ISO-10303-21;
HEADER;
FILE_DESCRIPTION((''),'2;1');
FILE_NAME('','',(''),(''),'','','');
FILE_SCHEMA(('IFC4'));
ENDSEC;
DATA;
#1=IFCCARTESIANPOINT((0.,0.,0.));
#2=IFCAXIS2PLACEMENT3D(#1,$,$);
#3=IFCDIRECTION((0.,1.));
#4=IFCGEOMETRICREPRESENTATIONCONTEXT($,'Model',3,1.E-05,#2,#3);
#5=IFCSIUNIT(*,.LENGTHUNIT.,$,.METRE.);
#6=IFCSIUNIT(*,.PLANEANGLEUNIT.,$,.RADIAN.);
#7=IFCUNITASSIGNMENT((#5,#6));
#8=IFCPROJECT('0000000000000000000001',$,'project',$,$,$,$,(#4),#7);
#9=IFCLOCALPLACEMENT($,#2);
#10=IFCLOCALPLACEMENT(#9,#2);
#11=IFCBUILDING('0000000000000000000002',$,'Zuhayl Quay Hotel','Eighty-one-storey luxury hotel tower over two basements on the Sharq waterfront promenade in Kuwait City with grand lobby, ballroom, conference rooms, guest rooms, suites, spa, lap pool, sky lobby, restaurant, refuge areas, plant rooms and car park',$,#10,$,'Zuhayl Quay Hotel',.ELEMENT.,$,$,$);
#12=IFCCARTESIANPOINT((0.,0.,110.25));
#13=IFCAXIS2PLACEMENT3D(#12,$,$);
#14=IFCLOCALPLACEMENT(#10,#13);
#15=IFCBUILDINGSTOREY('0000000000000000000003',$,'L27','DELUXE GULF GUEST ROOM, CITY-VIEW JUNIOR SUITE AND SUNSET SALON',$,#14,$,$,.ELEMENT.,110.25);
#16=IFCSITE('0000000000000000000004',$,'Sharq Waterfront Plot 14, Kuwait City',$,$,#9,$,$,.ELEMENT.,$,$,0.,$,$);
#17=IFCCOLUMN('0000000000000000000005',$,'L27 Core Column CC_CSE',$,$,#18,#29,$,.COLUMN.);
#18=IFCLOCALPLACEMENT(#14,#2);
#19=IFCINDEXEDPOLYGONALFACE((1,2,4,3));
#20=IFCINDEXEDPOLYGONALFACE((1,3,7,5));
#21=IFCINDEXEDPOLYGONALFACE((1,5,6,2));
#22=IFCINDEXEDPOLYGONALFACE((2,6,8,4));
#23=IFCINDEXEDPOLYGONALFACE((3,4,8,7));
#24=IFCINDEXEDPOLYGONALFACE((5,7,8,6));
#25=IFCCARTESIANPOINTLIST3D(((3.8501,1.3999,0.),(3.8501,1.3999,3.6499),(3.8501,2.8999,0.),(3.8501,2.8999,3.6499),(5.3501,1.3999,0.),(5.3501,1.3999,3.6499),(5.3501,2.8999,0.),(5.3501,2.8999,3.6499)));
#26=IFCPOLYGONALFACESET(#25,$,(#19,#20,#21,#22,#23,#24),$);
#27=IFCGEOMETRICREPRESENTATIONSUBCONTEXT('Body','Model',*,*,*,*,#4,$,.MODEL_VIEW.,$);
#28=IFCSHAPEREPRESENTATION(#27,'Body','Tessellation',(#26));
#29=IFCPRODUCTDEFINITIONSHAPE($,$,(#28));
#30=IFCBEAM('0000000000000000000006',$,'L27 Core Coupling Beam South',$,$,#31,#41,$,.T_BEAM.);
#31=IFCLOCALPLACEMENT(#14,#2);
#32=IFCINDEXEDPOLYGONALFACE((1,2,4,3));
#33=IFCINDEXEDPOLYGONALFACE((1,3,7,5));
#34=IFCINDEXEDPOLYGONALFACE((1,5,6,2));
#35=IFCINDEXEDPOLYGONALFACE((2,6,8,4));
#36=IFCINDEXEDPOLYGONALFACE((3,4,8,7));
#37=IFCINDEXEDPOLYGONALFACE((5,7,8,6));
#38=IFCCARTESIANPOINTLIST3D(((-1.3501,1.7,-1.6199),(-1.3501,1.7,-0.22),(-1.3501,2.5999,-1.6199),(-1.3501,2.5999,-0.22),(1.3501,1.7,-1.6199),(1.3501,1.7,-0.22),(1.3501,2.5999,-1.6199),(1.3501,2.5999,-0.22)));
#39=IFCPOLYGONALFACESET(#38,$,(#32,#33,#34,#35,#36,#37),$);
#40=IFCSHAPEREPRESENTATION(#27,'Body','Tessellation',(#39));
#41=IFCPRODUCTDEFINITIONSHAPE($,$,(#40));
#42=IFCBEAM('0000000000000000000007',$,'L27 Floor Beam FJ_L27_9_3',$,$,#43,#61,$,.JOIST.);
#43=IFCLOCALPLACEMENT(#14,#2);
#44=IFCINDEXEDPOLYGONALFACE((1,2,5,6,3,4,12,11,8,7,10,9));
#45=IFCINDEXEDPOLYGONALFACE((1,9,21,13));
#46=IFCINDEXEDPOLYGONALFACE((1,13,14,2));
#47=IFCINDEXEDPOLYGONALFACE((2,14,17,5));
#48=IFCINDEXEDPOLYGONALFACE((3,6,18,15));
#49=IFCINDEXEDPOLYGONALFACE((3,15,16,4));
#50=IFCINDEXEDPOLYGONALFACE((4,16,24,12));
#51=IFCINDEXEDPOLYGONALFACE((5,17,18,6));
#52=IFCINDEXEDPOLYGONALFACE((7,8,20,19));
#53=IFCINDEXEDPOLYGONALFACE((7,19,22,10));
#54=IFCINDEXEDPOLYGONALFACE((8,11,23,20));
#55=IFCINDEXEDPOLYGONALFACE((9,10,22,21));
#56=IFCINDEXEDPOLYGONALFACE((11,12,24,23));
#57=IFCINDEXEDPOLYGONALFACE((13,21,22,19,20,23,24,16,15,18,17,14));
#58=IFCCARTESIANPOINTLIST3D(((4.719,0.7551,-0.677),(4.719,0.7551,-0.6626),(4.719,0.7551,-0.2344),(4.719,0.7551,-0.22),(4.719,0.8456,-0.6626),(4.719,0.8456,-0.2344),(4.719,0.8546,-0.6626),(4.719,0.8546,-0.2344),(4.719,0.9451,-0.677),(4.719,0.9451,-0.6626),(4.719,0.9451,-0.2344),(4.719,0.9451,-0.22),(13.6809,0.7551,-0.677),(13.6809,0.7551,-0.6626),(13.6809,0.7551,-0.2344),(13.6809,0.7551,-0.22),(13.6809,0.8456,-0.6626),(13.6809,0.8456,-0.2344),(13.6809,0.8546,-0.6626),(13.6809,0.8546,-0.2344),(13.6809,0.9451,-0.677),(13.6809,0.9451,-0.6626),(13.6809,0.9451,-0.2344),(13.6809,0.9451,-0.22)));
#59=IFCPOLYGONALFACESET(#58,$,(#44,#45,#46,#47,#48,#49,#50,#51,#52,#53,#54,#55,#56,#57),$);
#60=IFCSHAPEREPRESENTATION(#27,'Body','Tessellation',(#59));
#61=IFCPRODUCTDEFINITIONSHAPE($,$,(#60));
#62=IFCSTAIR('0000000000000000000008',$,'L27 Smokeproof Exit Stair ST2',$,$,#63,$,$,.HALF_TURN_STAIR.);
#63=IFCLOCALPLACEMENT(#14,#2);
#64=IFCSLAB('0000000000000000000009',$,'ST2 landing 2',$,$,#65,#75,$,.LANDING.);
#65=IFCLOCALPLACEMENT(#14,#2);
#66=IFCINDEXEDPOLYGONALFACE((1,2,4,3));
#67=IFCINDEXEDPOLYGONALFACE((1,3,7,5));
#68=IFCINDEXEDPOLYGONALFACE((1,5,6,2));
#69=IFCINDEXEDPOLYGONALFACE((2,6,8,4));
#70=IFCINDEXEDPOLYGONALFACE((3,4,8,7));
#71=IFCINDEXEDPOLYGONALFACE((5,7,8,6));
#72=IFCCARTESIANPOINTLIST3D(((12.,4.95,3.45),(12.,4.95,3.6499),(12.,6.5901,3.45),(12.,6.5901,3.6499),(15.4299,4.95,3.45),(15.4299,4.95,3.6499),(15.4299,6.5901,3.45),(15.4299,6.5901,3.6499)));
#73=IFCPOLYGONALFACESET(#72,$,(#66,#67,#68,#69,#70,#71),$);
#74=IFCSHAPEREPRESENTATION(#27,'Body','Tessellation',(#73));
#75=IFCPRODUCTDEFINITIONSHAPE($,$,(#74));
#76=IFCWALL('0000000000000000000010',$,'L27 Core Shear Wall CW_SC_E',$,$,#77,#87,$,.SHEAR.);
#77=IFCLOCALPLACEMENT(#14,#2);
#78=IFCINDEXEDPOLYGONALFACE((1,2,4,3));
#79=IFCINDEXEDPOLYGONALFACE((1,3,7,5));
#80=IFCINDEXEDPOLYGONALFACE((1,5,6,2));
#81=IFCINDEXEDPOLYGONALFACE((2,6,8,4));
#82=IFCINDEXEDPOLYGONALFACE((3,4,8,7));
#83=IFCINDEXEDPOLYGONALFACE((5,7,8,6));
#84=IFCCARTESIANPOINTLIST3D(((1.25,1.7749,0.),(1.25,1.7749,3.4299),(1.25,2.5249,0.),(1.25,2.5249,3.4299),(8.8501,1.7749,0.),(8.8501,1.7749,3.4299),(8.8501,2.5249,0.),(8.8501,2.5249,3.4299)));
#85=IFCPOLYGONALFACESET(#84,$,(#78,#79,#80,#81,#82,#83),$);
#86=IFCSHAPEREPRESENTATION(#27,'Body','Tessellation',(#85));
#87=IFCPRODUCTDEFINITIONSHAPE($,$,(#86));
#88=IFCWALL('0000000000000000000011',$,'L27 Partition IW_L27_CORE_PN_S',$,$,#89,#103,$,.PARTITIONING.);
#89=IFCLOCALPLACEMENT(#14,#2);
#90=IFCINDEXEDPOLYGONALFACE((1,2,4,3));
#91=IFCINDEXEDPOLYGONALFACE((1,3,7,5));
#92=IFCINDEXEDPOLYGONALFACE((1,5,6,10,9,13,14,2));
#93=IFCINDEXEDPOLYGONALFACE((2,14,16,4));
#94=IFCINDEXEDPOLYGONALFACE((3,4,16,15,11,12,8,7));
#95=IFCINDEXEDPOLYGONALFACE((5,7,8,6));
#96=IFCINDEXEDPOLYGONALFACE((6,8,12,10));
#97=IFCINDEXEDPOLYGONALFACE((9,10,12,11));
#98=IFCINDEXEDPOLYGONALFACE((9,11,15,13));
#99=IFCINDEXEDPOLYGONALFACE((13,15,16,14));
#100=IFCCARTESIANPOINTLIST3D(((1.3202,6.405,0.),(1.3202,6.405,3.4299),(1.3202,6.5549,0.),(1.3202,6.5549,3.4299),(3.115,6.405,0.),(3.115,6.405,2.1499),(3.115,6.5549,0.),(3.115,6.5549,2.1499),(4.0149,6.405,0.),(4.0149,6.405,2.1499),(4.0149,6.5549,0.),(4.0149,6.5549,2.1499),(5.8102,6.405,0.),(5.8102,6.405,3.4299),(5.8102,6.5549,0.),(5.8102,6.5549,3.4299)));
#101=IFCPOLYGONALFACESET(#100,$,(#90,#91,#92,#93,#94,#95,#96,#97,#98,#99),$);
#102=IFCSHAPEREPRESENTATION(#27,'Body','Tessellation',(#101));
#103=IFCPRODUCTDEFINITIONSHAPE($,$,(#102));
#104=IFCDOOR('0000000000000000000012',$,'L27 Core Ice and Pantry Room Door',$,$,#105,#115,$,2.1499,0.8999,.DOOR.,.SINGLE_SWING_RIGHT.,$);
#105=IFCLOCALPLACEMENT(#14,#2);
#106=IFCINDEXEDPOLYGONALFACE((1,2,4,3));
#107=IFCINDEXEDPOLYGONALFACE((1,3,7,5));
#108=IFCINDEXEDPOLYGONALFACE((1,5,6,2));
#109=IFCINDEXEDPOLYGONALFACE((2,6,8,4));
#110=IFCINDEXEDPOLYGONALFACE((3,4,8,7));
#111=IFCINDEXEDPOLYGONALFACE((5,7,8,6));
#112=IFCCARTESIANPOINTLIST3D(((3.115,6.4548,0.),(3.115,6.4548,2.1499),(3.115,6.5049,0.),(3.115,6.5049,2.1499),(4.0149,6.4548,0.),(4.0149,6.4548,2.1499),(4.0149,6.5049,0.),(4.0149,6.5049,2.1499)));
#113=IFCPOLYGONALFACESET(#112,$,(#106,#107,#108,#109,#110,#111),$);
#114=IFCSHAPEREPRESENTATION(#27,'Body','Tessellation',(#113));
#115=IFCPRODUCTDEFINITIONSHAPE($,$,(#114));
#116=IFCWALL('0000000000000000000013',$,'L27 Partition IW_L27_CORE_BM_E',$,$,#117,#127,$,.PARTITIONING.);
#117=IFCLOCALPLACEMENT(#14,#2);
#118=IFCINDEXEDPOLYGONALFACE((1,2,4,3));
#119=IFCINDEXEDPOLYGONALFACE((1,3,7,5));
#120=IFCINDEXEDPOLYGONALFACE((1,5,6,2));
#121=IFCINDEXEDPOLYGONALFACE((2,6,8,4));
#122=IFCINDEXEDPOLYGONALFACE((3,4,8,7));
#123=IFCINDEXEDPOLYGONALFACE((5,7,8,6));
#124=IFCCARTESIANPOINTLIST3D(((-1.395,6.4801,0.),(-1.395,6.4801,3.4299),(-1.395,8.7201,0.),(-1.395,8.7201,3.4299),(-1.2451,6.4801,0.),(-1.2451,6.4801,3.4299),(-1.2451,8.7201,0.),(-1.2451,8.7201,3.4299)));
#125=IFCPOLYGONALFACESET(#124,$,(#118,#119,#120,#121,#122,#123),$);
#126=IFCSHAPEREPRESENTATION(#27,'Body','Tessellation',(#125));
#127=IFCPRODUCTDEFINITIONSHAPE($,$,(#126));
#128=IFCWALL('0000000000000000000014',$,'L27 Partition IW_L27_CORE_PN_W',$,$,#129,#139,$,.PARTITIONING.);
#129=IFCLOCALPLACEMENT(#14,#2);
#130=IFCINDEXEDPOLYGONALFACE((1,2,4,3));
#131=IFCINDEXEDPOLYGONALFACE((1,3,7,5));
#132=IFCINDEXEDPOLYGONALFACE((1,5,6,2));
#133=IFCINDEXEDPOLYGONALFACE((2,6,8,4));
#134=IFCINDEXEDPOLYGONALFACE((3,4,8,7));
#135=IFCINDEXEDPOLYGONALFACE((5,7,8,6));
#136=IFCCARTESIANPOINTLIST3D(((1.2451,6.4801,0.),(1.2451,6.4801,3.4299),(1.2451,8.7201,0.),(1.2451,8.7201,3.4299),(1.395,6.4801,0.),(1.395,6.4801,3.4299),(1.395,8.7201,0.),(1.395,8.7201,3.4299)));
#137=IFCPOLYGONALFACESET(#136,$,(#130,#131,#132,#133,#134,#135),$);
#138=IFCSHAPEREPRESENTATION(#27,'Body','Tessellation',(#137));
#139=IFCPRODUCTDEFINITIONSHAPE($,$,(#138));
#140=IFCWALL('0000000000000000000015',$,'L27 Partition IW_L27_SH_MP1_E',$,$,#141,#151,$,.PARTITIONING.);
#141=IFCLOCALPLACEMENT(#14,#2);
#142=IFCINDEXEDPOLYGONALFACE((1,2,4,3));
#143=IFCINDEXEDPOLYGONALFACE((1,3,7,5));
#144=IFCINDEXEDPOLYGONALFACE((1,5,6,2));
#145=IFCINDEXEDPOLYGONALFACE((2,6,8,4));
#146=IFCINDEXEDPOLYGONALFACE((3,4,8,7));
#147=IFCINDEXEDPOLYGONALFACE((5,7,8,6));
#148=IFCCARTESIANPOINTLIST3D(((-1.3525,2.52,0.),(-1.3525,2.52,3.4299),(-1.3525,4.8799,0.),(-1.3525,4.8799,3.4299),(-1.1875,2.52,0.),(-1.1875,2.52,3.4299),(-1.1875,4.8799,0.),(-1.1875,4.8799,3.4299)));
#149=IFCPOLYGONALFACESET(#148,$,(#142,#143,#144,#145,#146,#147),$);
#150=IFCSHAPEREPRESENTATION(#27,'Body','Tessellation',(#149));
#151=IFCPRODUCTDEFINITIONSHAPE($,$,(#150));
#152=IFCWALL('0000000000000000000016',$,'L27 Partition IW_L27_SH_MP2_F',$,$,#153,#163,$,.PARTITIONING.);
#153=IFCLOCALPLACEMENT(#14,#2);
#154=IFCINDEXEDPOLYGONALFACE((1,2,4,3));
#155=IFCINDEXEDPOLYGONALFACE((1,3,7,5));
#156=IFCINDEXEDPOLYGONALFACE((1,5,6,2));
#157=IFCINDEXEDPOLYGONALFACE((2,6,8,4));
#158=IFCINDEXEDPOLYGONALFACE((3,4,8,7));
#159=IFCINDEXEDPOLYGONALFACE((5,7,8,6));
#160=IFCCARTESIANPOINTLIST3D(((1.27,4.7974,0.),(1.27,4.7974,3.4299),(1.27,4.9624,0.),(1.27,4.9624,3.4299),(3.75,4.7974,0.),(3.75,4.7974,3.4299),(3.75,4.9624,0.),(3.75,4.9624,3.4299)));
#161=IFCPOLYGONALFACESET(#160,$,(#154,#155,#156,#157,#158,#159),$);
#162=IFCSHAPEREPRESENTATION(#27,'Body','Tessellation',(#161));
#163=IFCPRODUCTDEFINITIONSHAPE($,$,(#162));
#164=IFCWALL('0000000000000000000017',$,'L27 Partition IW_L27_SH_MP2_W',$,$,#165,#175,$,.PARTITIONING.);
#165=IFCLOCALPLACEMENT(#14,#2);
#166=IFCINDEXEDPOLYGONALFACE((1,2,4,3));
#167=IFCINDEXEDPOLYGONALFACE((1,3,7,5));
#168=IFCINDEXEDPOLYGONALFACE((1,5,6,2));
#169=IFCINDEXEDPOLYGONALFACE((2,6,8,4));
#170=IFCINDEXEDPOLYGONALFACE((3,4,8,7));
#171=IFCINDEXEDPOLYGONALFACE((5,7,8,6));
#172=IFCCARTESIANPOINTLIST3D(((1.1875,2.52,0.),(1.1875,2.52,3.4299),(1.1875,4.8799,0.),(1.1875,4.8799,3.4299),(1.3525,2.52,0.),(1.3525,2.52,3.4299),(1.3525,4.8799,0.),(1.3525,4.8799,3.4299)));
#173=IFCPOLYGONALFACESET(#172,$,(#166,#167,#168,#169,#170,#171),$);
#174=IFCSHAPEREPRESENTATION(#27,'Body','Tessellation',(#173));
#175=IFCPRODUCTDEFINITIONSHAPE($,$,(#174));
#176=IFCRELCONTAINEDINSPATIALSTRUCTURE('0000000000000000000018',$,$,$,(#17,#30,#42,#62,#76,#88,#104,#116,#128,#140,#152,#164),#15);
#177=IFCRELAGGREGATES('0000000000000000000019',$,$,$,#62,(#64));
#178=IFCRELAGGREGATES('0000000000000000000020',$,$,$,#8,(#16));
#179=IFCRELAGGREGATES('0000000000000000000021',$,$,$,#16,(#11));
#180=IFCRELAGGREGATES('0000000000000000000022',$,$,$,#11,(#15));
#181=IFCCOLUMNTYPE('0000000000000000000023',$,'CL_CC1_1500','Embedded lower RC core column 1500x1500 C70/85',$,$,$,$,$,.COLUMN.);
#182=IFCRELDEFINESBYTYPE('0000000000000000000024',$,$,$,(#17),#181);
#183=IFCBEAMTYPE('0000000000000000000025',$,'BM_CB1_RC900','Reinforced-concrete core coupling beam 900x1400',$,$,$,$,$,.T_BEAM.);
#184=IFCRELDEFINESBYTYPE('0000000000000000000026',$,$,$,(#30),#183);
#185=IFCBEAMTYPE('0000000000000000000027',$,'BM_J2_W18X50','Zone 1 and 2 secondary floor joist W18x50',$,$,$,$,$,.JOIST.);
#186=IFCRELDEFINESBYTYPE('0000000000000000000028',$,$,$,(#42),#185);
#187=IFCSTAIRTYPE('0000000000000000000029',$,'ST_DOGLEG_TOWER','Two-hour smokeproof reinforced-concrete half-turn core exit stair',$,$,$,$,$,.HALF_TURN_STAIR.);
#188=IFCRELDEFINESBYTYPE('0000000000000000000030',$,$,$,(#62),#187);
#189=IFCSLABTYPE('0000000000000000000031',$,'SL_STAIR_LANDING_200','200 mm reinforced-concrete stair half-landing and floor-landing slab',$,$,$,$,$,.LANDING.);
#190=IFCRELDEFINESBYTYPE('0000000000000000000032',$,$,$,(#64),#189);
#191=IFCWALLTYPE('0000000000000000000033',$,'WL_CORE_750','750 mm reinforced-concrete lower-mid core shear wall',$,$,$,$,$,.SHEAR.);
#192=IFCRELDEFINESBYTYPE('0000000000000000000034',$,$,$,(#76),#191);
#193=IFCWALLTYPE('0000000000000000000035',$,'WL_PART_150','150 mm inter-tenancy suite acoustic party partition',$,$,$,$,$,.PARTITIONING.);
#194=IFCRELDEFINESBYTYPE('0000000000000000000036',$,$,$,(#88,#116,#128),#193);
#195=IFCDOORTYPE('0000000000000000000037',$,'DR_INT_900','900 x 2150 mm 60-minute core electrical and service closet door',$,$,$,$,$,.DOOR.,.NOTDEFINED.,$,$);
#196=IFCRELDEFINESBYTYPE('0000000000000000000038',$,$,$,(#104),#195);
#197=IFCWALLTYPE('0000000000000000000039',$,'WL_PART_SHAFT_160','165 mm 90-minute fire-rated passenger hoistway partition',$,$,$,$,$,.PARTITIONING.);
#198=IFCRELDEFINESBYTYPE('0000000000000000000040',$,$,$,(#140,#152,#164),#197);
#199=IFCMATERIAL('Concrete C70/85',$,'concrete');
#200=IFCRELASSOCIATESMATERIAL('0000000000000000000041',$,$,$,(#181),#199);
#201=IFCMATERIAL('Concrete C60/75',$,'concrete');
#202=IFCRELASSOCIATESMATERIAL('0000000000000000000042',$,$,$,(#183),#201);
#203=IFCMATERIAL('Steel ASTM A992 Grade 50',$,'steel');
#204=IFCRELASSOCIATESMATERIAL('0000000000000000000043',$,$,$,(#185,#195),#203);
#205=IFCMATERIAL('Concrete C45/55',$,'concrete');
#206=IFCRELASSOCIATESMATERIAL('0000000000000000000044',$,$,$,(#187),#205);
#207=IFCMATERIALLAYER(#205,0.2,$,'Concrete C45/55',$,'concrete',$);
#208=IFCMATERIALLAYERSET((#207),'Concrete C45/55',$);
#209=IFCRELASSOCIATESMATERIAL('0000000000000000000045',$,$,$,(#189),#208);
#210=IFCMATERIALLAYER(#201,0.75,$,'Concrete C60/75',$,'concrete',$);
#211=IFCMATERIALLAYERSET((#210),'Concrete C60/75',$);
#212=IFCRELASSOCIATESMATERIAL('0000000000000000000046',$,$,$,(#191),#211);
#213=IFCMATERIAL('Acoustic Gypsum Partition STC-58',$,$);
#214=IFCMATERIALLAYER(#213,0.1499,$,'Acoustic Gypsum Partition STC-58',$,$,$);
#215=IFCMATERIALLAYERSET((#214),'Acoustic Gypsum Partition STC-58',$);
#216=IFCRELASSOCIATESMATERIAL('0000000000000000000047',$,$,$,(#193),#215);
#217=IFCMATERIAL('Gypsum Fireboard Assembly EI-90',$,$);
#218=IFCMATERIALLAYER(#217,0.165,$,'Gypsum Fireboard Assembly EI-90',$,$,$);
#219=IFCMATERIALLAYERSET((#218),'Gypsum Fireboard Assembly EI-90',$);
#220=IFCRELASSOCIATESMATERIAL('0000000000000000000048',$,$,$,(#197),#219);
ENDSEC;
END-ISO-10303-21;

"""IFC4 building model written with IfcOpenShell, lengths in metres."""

from ifc_helpers import new_model, si_unit, direction, frame, frame_2d, origin, origin_2d, place, context, subcontext, project, spatial, polyline, rectangle, i_section, outline, extrude, material, layer, layer_set, material_profile, profile_set, type_object, element, fill, aggregate, save


model = new_model("IFC4")

# Units and contexts
model_context = context("Model", 3, precision=1e-05, world=origin(), true_north=direction((0.0, 1.0)))
body_context = subcontext(model_context, "Body", "Model", "MODEL_VIEW")
ifc_project = project(units=[si_unit("LENGTHUNIT", "METRE"), si_unit("PLANEANGLEUNIT", "RADIAN")], contexts=[model_context])

# Site, building, storey
site_placement = place(None, origin())
site = spatial("IfcSite", under=ifc_project, at=site_placement, Name="Sharq Waterfront Plot 14, Kuwait City", CompositionType="ELEMENT", RefElevation=0.0)
building_placement = place(site_placement, origin())
building = spatial("IfcBuilding", under=site, at=building_placement, Name="Zuhayl Quay Hotel", Description="Eighty-one-storey luxury hotel tower over two basements on the Sharq waterfront promenade in Kuwait City with grand lobby, ballroom, conference rooms, guest rooms, suites, spa, lap pool, sky lobby, restaurant, refuge areas, plant rooms and car park", LongName="Zuhayl Quay Hotel", CompositionType="ELEMENT")
storey_placement = place(building_placement, frame((0.0, 0.0, 110.25)))
storey = spatial("IfcBuildingStorey", under=building, at=storey_placement, Name="L27", Description="DELUXE GULF GUEST ROOM, CITY-VIEW JUNIOR SUITE AND SUNSET SALON", CompositionType="ELEMENT", Elevation=110.25)

# Column
ifc_material_1 = material(Name="Concrete C70/85", Category="concrete")
ifc_material_profile_1 = material_profile(ifc_material_1, rectangle(XDim=1.5, YDim=1.5, at=origin_2d()), Name="RC1500X1500")
ifc_profile_set_1 = profile_set([ifc_material_profile_1], Name="Concrete C70/85")
column_type = type_object("IfcColumnType", Name="CL_CC1_1500", Description="Embedded lower RC core column 1500x1500 C70/85", PredefinedType="COLUMN", material=ifc_profile_set_1)
column_placement = place(storey_placement, frame((4.6001, 2.1499, 0.0), z_axis=(0.0, 0.0, 1.0), x_axis=(1.0, 0.0, 0.0)))
element("IfcColumn", 1, at=column_placement, inside=storey, type_object=column_type, Name="L27 Core Column CC_CSE", PredefinedType="COLUMN", context=body_context, shape_type="SweptSolid", body=[
    extrude(rectangle(XDim=1.5, YDim=1.5, at=origin_2d()), origin(), (0.0, 0.0, 1.0), 3.6499),
])

# Beams
ifc_material_2 = material(Name="Concrete C60/75", Category="concrete")
ifc_material_profile_2 = material_profile(ifc_material_2, rectangle(XDim=0.8999, YDim=1.3999, at=origin_2d()), Name="RC900X1400")
ifc_profile_set_2 = profile_set([ifc_material_profile_2], Name="Concrete C60/75")
beam_type_1 = type_object("IfcBeamType", Name="BM_CB1_RC900", Description="Reinforced-concrete core coupling beam 900x1400", PredefinedType="T_BEAM", material=ifc_profile_set_2)
beam_1_placement = place(storey_placement, frame((-1.3501, 2.1499, -0.9199), z_axis=(1.0, 0.0, 0.0), x_axis=(0.0, 1.0, 0.0)))
element("IfcBeam", 2, at=beam_1_placement, inside=storey, type_object=beam_type_1, Name="L27 Core Coupling Beam South", PredefinedType="T_BEAM", context=body_context, shape_type="SweptSolid", body=[
    extrude(rectangle(XDim=0.8999, YDim=1.3999, at=origin_2d()), origin(), (0.0, 0.0, 1.0), 2.7002),
])
ifc_material_3 = material(Name="Steel ASTM A992 Grade 50", Category="steel")
ifc_material_profile_3 = material_profile(ifc_material_3, i_section(OverallWidth=0.1899, OverallDepth=0.457, WebThickness=0.009, FlangeThickness=0.0144, at=origin_2d()), Name="W18X50")
ifc_profile_set_3 = profile_set([ifc_material_profile_3], Name="Steel ASTM A992 Grade 50")
beam_type_2 = type_object("IfcBeamType", Name="BM_J2_W18X50", Description="Zone 1 and 2 secondary floor joist W18x50", PredefinedType="JOIST", material=ifc_profile_set_3)
beam_2_placement = place(storey_placement, frame((4.719, 0.8501, -0.4485), z_axis=(1.0, 0.0, 0.0), x_axis=(0.0, 1.0, 0.0)))
element("IfcBeam", 3, at=beam_2_placement, inside=storey, type_object=beam_type_2, Name="L27 Floor Beam FJ_L27_9_3", PredefinedType="JOIST", context=body_context, shape_type="SweptSolid", body=[
    extrude(i_section(OverallWidth=0.1899, OverallDepth=0.457, WebThickness=0.009, FlangeThickness=0.0144, at=origin_2d()), origin(), (0.0, 0.0, 1.0), 8.9619),
])

# Stair, slab
ifc_material_4 = material(Name="Concrete C45/55", Category="concrete")
stair_type = type_object("IfcStairType", Name="ST_DOGLEG_TOWER", Description="Two-hour smokeproof reinforced-concrete half-turn core exit stair", PredefinedType="HALF_TURN_STAIR", material=ifc_material_4)
stair_placement = place(storey_placement, origin())
stair = element("IfcStair", 4, at=stair_placement, inside=storey, type_object=stair_type, Name="L27 Smokeproof Exit Stair ST2", PredefinedType="HALF_TURN_STAIR")
ifc_layer_1 = layer(ifc_material_4, 0.2, Name="Concrete C45/55", Category="concrete")
ifc_layer_set_1 = layer_set([ifc_layer_1], Name="Concrete C45/55")
slab_type = type_object("IfcSlabType", Name="SL_STAIR_LANDING_200", Description="200 mm reinforced-concrete stair half-landing and floor-landing slab", PredefinedType="LANDING", material=ifc_layer_set_1)
slab_placement = place(storey_placement, frame((0.0, 0.0, 3.45)))
slab = element("IfcSlab", 5, at=slab_placement, type_object=slab_type, Name="ST2 landing 2", PredefinedType="LANDING", context=body_context, shape_type="SweptSolid", body=[
    extrude(outline(polyline([(15.4299, 4.95), (15.4299, 6.5901), (12.0, 6.5901), (12.0, 4.95), (15.4299, 4.95)])), origin(), (0.0, 0.0, 1.0), 0.2),
])
aggregate(stair, [slab])

# Wall
ifc_layer_2 = layer(ifc_material_2, 0.75, Name="Concrete C60/75", Category="concrete")
ifc_layer_set_2 = layer_set([ifc_layer_2], Name="Concrete C60/75")
wall_type_1 = type_object("IfcWallType", Name="WL_CORE_750", Description="750 mm reinforced-concrete lower-mid core shear wall", PredefinedType="SHEAR", material=ifc_layer_set_2)
wall_1_placement = place(storey_placement, frame((1.25, 2.1499, 0.0), z_axis=(0.0, 0.0, 1.0), x_axis=(1.0, 0.0, 0.0)))
element("IfcWall", 6, at=wall_1_placement, inside=storey, type_object=wall_type_1, Name="L27 Core Shear Wall CW_SC_E", PredefinedType="SHEAR", context=body_context, shape_type="SweptSolid", body=[
    extrude(rectangle(XDim=7.6001, YDim=0.75, at=frame_2d((3.8, 0.0))), origin(), (0.0, 0.0, 1.0), 3.4299),
])

# Wall, opening, door
ifc_material_5 = material(Name="Acoustic Gypsum Partition STC-58")
ifc_layer_3 = layer(ifc_material_5, 0.1499, Name="Acoustic Gypsum Partition STC-58")
ifc_layer_set_3 = layer_set([ifc_layer_3], Name="Acoustic Gypsum Partition STC-58")
wall_type_2 = type_object("IfcWallType", Name="WL_PART_150", Description="150 mm inter-tenancy suite acoustic party partition", PredefinedType="PARTITIONING", material=ifc_layer_set_3)
wall_2_placement = place(storey_placement, frame((1.3201, 6.48, 0.0), z_axis=(0.0, 0.0, 1.0), x_axis=(1.0, 0.0, 0.0)))
wall_2 = element("IfcWall", 7, at=wall_2_placement, inside=storey, type_object=wall_type_2, Name="L27 Partition IW_L27_CORE_PN_S", PredefinedType="PARTITIONING", context=body_context, shape_type="SweptSolid", body=[
    extrude(rectangle(XDim=4.49, YDim=0.1499, at=frame_2d((2.2451, 0.0))), origin(), (0.0, 0.0, 1.0), 3.4299),
])
opening_placement = place(wall_2_placement, frame((1.7949, 0.0, 0.0)))
opening = element("IfcOpeningElement", 8, at=opening_placement, cuts=wall_2, PredefinedType="OPENING", context=body_context, shape_type="SweptSolid", body=[
    extrude(rectangle(XDim=0.8999, YDim=2.1499, at=frame_2d((0.45, 1.075))), frame((0.0, 0.085, 0.0), z_axis=(0.0, -1.0, 0.0), x_axis=(1.0, 0.0, 0.0)), (0.0, 0.0, 1.0), 0.1699),
])
door_type = type_object("IfcDoorType", Name="DR_INT_900", Description="900 x 2150 mm 60-minute core electrical and service closet door", OperationType="NOTDEFINED", PredefinedType="DOOR", material=ifc_material_3)
door_placement = place(opening_placement, origin())
door = element("IfcDoor", 9, at=door_placement, inside=storey, type_object=door_type, Name="L27 Core Ice and Pantry Room Door", OperationType="SINGLE_SWING_RIGHT", OverallHeight=2.1499, OverallWidth=0.8999, PredefinedType="DOOR", context=body_context, shape_type="SweptSolid", body=[
    extrude(rectangle(XDim=0.8999, YDim=2.1499, at=frame_2d((0.45, 1.075))), frame((0.0, 0.0249, 0.0), z_axis=(0.0, -1.0, 0.0), x_axis=(1.0, 0.0, 0.0)), (0.0, 0.0, 1.0), 0.05),
])
fill(opening, door)

# Walls
for number, where, z_axis, x_axis, name in (
    (10, (-1.3201, 6.48, 0.0), (0.0, 0.0, 1.0), (0.0, 1.0, 0.0), "L27 Partition IW_L27_CORE_BM_E"),
    (11, (1.3201, 6.48, 0.0), (0.0, 0.0, 1.0), (0.0, 1.0, 0.0), "L27 Partition IW_L27_CORE_PN_W"),
):
    element("IfcWall", number, at=place(storey_placement, frame(where, z_axis=z_axis, x_axis=x_axis)), inside=storey, type_object=wall_type_2, Name=name, PredefinedType="PARTITIONING", context=body_context, shape_type="SweptSolid", body=[
        extrude(rectangle(XDim=2.24, YDim=0.1499, at=frame_2d((1.1201, 0.0))), origin(), (0.0, 0.0, 1.0), 3.4299),
    ])
ifc_material_6 = material(Name="Gypsum Fireboard Assembly EI-90")
ifc_layer_4 = layer(ifc_material_6, 0.165, Name="Gypsum Fireboard Assembly EI-90")
ifc_layer_set_4 = layer_set([ifc_layer_4], Name="Gypsum Fireboard Assembly EI-90")
wall_type_3 = type_object("IfcWallType", Name="WL_PART_SHAFT_160", Description="165 mm 90-minute fire-rated passenger hoistway partition", PredefinedType="PARTITIONING", material=ifc_layer_set_4)
wall_3_placement = place(storey_placement, frame((-1.27, 2.52, 0.0), z_axis=(0.0, 0.0, 1.0), x_axis=(0.0, 1.0, 0.0)))
element("IfcWall", 12, at=wall_3_placement, inside=storey, type_object=wall_type_3, Name="L27 Partition IW_L27_SH_MP1_E", PredefinedType="PARTITIONING", context=body_context, shape_type="SweptSolid", body=[
    extrude(rectangle(XDim=2.3599, YDim=0.165, at=frame_2d((1.1799, 0.0))), origin(), (0.0, 0.0, 1.0), 3.4299),
])
wall_4_placement = place(storey_placement, frame((1.27, 4.8799, 0.0), z_axis=(0.0, 0.0, 1.0), x_axis=(1.0, 0.0, 0.0)))
element("IfcWall", 13, at=wall_4_placement, inside=storey, type_object=wall_type_3, Name="L27 Partition IW_L27_SH_MP2_F", PredefinedType="PARTITIONING", context=body_context, shape_type="SweptSolid", body=[
    extrude(rectangle(XDim=2.48, YDim=0.165, at=frame_2d((1.24, 0.0))), origin(), (0.0, 0.0, 1.0), 3.4299),
])
for number, where, z_axis, x_axis, name in (
    (14, (1.27, 2.52, 0.0), (0.0, 0.0, 1.0), (0.0, 1.0, 0.0), "L27 Partition IW_L27_SH_MP2_W"),
):
    element("IfcWall", number, at=place(storey_placement, frame(where, z_axis=z_axis, x_axis=x_axis)), inside=storey, type_object=wall_type_3, Name=name, PredefinedType="PARTITIONING", context=body_context, shape_type="SweptSolid", body=[
        extrude(rectangle(XDim=2.3599, YDim=0.165, at=frame_2d((1.1799, 0.0))), origin(), (0.0, 0.0, 1.0), 3.4299),
    ])

save(model, "model.ifc")
